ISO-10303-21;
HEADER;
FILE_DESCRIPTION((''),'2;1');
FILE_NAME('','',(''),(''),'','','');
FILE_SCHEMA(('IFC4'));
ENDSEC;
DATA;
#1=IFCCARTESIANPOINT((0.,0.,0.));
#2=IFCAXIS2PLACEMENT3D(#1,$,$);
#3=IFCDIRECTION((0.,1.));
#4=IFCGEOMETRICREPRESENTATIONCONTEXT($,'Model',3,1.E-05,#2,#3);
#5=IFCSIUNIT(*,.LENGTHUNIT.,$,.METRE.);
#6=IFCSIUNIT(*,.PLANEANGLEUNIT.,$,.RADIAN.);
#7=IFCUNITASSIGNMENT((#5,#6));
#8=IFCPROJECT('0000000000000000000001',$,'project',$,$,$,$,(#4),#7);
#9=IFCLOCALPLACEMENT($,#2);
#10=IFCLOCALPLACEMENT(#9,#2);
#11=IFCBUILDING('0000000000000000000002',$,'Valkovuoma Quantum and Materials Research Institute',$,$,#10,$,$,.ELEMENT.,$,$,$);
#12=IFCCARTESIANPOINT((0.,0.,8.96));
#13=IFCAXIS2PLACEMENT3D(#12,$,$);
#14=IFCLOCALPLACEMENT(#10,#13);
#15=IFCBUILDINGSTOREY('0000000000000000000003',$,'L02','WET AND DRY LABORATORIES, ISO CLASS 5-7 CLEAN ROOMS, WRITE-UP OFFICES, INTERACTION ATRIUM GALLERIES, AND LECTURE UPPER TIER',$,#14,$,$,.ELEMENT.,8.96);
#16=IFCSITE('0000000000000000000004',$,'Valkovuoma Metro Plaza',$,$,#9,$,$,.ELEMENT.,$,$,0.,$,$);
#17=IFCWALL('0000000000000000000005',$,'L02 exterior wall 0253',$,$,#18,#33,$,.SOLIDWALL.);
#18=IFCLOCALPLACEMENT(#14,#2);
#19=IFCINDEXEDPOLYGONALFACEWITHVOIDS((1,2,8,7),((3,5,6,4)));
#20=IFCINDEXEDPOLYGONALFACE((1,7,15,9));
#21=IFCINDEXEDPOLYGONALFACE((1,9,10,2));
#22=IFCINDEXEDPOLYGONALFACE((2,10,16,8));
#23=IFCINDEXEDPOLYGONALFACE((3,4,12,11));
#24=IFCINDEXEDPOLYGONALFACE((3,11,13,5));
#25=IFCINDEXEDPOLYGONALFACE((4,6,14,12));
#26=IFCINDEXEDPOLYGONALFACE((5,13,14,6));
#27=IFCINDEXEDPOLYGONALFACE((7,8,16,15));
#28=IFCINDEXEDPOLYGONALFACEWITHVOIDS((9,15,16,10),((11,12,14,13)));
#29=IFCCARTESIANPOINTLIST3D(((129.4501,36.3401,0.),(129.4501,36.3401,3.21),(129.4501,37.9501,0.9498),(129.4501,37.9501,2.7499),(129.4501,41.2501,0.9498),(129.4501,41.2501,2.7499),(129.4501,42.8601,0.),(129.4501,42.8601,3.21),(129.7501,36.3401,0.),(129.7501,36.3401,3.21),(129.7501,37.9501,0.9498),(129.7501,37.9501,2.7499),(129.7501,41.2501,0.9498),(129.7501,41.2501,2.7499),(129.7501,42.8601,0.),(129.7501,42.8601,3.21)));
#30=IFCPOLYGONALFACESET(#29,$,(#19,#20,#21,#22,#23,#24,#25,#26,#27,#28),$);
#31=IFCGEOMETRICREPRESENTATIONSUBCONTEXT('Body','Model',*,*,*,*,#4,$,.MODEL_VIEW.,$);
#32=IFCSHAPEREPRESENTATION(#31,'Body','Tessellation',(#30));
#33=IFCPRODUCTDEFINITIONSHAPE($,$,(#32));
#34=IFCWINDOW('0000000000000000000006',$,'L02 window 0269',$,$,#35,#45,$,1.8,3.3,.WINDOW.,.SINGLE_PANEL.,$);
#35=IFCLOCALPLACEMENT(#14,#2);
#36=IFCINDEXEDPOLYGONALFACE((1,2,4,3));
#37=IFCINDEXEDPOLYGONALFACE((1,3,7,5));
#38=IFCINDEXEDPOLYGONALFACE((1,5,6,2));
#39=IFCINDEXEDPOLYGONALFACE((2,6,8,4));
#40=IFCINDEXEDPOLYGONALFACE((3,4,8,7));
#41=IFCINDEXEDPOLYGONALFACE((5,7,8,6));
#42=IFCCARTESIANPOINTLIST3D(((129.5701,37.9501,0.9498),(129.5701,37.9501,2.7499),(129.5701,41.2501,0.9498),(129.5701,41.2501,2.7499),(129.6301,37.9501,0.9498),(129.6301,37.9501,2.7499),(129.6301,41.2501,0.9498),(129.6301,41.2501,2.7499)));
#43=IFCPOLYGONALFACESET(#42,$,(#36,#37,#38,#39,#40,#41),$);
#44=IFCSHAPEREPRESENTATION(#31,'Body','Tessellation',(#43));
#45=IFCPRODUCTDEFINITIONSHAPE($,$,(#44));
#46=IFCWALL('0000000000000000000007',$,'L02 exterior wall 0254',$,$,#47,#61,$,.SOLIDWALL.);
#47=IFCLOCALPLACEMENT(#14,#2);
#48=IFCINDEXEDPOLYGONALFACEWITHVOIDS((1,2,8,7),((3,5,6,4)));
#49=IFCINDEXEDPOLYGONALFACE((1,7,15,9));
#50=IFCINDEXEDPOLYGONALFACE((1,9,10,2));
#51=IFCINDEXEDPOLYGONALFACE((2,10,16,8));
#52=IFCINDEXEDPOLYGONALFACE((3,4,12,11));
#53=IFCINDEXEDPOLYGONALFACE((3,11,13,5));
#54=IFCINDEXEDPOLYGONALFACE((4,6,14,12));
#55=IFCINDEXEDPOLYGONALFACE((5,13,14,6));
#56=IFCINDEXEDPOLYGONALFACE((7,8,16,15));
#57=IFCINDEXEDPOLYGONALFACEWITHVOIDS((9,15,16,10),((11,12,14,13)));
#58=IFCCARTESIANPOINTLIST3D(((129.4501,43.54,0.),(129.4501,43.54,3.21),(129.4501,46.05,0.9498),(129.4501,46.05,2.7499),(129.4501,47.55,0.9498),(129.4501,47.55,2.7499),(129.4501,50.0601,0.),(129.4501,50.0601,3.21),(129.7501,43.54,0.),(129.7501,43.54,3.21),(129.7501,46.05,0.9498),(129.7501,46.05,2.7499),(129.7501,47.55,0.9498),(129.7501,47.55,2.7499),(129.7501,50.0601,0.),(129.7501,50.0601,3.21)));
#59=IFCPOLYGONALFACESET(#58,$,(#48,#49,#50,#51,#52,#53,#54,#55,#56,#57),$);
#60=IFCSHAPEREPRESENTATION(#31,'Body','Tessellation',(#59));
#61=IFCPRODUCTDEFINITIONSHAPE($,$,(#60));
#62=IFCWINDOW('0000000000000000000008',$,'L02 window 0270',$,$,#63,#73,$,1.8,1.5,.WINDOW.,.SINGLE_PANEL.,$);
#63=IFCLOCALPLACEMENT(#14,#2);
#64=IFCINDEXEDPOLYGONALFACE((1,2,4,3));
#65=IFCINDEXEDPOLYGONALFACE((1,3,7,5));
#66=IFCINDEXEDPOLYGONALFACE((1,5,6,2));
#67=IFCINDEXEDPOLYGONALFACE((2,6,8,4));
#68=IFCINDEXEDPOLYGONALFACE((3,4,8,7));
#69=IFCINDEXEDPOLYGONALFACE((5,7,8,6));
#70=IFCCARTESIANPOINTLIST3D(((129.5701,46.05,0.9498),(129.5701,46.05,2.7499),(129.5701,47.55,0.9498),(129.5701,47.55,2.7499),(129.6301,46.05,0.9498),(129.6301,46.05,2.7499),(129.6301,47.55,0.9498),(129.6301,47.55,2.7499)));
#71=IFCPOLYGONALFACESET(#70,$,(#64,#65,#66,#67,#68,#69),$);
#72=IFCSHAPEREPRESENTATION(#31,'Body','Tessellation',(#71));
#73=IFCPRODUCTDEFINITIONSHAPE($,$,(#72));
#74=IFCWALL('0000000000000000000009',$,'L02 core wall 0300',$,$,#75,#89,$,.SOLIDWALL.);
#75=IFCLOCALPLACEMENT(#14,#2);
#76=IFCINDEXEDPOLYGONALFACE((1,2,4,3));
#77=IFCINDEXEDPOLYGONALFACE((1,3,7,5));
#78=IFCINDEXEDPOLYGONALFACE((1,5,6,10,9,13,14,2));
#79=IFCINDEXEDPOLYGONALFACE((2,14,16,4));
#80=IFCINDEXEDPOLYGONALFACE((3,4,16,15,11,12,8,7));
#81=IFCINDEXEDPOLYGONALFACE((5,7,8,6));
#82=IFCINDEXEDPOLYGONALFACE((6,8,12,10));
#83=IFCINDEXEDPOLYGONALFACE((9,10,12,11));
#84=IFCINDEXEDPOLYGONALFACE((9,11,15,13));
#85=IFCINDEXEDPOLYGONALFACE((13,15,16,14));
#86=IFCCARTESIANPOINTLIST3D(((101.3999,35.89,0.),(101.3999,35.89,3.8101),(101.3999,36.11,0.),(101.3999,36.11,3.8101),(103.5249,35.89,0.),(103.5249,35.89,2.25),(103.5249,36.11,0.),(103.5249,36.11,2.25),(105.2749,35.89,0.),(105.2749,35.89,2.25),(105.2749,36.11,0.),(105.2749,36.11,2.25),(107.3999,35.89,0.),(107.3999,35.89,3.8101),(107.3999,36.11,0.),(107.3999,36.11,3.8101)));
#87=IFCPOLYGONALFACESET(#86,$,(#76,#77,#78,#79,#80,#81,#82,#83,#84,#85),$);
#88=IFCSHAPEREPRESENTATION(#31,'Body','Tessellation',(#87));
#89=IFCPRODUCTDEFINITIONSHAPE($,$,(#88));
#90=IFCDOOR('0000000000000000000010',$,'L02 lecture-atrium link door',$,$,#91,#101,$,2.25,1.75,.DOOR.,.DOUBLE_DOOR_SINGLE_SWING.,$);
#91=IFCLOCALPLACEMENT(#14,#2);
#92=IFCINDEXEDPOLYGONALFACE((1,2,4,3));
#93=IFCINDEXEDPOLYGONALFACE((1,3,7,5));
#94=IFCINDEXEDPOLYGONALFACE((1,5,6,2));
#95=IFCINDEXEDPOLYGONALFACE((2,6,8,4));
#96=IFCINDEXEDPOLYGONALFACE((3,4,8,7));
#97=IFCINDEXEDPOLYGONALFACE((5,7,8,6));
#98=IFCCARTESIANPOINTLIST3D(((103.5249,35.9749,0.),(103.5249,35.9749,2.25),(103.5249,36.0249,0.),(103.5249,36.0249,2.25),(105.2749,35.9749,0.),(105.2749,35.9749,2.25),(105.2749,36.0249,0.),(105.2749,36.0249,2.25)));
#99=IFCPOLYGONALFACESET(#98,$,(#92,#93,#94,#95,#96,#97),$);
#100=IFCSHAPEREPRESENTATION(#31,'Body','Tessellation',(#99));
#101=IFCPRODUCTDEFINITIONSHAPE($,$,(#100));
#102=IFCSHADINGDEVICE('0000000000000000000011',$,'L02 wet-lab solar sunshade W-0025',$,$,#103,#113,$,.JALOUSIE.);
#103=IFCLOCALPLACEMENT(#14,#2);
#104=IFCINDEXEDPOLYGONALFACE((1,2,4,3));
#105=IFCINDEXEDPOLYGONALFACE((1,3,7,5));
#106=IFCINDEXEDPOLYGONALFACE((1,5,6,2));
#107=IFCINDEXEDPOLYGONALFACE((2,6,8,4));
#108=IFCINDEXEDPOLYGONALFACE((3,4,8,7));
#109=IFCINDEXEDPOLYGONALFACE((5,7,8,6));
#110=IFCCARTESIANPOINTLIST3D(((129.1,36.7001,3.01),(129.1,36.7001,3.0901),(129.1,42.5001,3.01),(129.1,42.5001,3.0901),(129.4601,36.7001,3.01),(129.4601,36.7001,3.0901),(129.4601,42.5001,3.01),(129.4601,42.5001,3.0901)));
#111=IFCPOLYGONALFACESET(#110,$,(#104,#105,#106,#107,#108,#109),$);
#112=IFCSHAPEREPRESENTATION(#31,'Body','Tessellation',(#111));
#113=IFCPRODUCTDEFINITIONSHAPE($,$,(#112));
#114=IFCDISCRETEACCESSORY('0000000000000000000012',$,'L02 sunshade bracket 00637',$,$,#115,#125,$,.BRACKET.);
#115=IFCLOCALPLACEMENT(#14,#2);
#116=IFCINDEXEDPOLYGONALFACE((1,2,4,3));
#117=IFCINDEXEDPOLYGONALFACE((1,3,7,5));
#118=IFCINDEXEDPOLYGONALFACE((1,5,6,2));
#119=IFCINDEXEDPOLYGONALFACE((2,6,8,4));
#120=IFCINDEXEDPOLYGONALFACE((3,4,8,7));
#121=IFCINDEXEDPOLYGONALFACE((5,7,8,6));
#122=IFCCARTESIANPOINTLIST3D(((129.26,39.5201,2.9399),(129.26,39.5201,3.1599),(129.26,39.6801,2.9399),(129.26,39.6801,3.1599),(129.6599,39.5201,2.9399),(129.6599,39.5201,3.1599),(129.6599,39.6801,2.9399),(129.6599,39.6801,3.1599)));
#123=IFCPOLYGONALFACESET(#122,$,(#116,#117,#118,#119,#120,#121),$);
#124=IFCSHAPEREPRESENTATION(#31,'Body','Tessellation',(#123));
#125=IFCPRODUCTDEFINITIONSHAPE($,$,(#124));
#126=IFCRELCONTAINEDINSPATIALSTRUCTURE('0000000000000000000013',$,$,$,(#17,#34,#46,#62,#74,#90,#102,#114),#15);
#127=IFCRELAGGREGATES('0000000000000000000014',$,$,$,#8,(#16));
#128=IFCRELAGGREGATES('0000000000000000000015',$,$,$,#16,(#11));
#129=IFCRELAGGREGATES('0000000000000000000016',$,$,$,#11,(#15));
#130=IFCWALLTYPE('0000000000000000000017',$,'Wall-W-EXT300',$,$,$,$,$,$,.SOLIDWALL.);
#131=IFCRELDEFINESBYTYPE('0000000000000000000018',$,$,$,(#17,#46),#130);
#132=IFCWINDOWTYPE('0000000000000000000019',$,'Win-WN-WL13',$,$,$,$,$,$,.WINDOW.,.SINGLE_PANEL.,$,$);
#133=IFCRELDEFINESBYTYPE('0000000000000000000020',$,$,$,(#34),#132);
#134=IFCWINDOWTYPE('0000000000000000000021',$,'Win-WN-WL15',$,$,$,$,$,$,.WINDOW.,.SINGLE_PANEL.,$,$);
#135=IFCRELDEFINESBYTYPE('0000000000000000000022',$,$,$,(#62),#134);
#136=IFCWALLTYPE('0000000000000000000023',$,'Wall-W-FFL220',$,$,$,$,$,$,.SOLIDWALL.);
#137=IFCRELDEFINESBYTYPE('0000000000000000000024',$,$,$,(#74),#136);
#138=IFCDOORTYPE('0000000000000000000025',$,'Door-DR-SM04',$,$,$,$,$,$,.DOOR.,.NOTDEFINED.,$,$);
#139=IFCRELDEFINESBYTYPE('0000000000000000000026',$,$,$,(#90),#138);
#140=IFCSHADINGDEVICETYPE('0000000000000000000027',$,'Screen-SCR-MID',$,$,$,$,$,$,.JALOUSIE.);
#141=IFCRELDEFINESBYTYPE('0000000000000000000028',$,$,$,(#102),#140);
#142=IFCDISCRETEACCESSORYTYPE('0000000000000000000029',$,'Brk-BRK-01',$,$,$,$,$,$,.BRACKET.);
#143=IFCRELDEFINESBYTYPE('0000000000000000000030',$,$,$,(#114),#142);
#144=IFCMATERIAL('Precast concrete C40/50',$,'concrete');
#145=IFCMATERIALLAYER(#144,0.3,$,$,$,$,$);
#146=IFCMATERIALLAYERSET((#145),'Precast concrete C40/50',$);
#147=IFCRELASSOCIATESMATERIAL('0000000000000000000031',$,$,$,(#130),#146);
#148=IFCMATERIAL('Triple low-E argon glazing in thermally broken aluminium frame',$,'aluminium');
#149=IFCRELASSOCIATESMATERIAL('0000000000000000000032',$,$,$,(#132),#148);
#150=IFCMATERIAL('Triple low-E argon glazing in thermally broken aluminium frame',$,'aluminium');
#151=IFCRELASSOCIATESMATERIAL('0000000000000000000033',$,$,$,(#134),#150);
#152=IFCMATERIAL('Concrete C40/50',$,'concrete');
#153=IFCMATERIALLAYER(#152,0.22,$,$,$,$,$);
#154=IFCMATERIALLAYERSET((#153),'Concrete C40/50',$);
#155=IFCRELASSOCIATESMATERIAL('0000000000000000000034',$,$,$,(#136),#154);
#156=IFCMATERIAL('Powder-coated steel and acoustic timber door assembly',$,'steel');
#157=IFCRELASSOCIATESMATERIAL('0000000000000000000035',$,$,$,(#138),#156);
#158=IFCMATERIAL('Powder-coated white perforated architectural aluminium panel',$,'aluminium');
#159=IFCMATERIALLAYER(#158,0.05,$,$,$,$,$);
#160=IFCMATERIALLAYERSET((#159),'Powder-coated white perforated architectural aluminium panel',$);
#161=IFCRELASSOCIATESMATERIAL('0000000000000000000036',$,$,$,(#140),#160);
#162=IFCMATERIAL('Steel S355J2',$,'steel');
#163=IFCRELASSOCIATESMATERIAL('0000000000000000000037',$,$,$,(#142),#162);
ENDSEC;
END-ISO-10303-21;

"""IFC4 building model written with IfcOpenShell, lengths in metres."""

from ifc_helpers import new_model, si_unit, direction, frame, frame_2d, origin, origin_2d, place, context, subcontext, project, spatial, rectangle, extrude, material, layer, layer_set, type_object, element, fill, save


model = new_model("IFC4")

# Units and contexts
model_context = context("Model", 3, precision=1e-05, world=origin(), true_north=direction((0.0, 1.0)))
body_context = subcontext(model_context, "Body", "Model", "MODEL_VIEW")
ifc_project = project(units=[si_unit("LENGTHUNIT", "METRE"), si_unit("PLANEANGLEUNIT", "RADIAN")], contexts=[model_context])

# Site, building, storey
site_placement = place(None, origin())
site = spatial("IfcSite", under=ifc_project, at=site_placement, Name="Valkovuoma Metro Plaza", CompositionType="ELEMENT", RefElevation=0.0)
building_placement = place(site_placement, origin())
building = spatial("IfcBuilding", under=site, at=building_placement, Name="Valkovuoma Quantum and Materials Research Institute", CompositionType="ELEMENT")
storey_placement = place(building_placement, frame((0.0, 0.0, 8.96)))
storey = spatial("IfcBuildingStorey", under=building, at=storey_placement, Name="L02", Description="WET AND DRY LABORATORIES, ISO CLASS 5-7 CLEAN ROOMS, WRITE-UP OFFICES, INTERACTION ATRIUM GALLERIES, AND LECTURE UPPER TIER", CompositionType="ELEMENT", Elevation=8.96)

# Walls, openings, windows
ifc_material_1 = material(Name="Precast concrete C40/50", Category="concrete")
ifc_layer_1 = layer(ifc_material_1, 0.3)
ifc_layer_set_1 = layer_set([ifc_layer_1], Name="Precast concrete C40/50")
wall_type_1 = type_object("IfcWallType", Name="Wall-W-EXT300", PredefinedType="SOLIDWALL", material=ifc_layer_set_1)
wall_1_placement = place(storey_placement, frame((129.6001, 36.3401, 0.0), z_axis=(0.0, 0.0, 1.0), x_axis=(0.0, 1.0, 0.0)))
wall_1 = element("IfcWall", 1, at=wall_1_placement, inside=storey, type_object=wall_type_1, Name="L02 exterior wall 0253", PredefinedType="SOLIDWALL", context=body_context, shape_type="SweptSolid", body=[
    extrude(rectangle(XDim=6.52, YDim=0.3, at=frame_2d((3.26, 0.0))), origin(), (0.0, 0.0, 1.0), 3.21),
])
opening_1_placement = place(wall_1_placement, frame((1.6101, 0.0, 0.95)))
opening_1 = element("IfcOpeningElement", 2, at=opening_1_placement, cuts=wall_1, PredefinedType="OPENING", context=body_context, shape_type="SweptSolid", body=[
    extrude(rectangle(XDim=3.3, YDim=1.8, at=frame_2d((1.6499, 0.8999))), frame((0.0, 0.1602, 0.0), z_axis=(0.0, -1.0, 0.0), x_axis=(1.0, 0.0, 0.0)), (0.0, 0.0, 1.0), 0.3201),
])
ifc_material_2 = material(Name="Triple low-E argon glazing in thermally broken aluminium frame", Category="aluminium")
window_type_1 = type_object("IfcWindowType", Name="Win-WN-WL13", PartitioningType="SINGLE_PANEL", PredefinedType="WINDOW", material=ifc_material_2)
window_1_placement = place(opening_1_placement, origin())
window_1 = element("IfcWindow", 3, at=window_1_placement, inside=storey, type_object=window_type_1, Name="L02 window 0269", OverallHeight=1.8, OverallWidth=3.3, PartitioningType="SINGLE_PANEL", PredefinedType="WINDOW", context=body_context, shape_type="SweptSolid", body=[
    extrude(rectangle(XDim=3.3, YDim=1.8, at=frame_2d((1.6499, 0.8999))), frame((0.0, 0.03, 0.0), z_axis=(0.0, -1.0, 0.0), x_axis=(1.0, 0.0, 0.0)), (0.0, 0.0, 1.0), 0.0601),
])
fill(opening_1, window_1)
wall_2_placement = place(storey_placement, frame((129.6001, 43.54, 0.0), z_axis=(0.0, 0.0, 1.0), x_axis=(0.0, 1.0, 0.0)))
wall_2 = element("IfcWall", 4, at=wall_2_placement, inside=storey, type_object=wall_type_1, Name="L02 exterior wall 0254", PredefinedType="SOLIDWALL", context=body_context, shape_type="SweptSolid", body=[
    extrude(rectangle(XDim=6.52, YDim=0.3, at=frame_2d((3.26, 0.0))), origin(), (0.0, 0.0, 1.0), 3.21),
])
opening_2_placement = place(wall_2_placement, frame((2.51, 0.0, 0.95)))
opening_2 = element("IfcOpeningElement", 5, at=opening_2_placement, cuts=wall_2, PredefinedType="OPENING", context=body_context, shape_type="SweptSolid", body=[
    extrude(rectangle(XDim=1.5, YDim=1.8, at=frame_2d((0.75, 0.8999))), frame((0.0, 0.1602, 0.0), z_axis=(0.0, -1.0, 0.0), x_axis=(1.0, 0.0, 0.0)), (0.0, 0.0, 1.0), 0.3201),
])
ifc_material_3 = material(Name="Triple low-E argon glazing in thermally broken aluminium frame", Category="aluminium")
window_type_2 = type_object("IfcWindowType", Name="Win-WN-WL15", PartitioningType="SINGLE_PANEL", PredefinedType="WINDOW", material=ifc_material_3)
window_2_placement = place(opening_2_placement, origin())
window_2 = element("IfcWindow", 6, at=window_2_placement, inside=storey, type_object=window_type_2, Name="L02 window 0270", OverallHeight=1.8, OverallWidth=1.5, PartitioningType="SINGLE_PANEL", PredefinedType="WINDOW", context=body_context, shape_type="SweptSolid", body=[
    extrude(rectangle(XDim=1.5, YDim=1.8, at=frame_2d((0.75, 0.8999))), frame((0.0, 0.03, 0.0), z_axis=(0.0, -1.0, 0.0), x_axis=(1.0, 0.0, 0.0)), (0.0, 0.0, 1.0), 0.0601),
])
fill(opening_2, window_2)

# Wall, opening, door
ifc_material_4 = material(Name="Concrete C40/50", Category="concrete")
ifc_layer_2 = layer(ifc_material_4, 0.22)
ifc_layer_set_2 = layer_set([ifc_layer_2], Name="Concrete C40/50")
wall_type_2 = type_object("IfcWallType", Name="Wall-W-FFL220", PredefinedType="SOLIDWALL", material=ifc_layer_set_2)
wall_3_placement = place(storey_placement, frame((101.3999, 36.0, 0.0), z_axis=(0.0, 0.0, 1.0), x_axis=(1.0, 0.0, 0.0)))
wall_3 = element("IfcWall", 7, at=wall_3_placement, inside=storey, type_object=wall_type_2, Name="L02 core wall 0300", PredefinedType="SOLIDWALL", context=body_context, shape_type="SweptSolid", body=[
    extrude(rectangle(XDim=6.0, YDim=0.22, at=frame_2d((3.0, 0.0))), origin(), (0.0, 0.0, 1.0), 3.8101),
])
opening_3_placement = place(wall_3_placement, frame((2.125, 0.0, 0.0)))
opening_3 = element("IfcOpeningElement", 8, at=opening_3_placement, cuts=wall_3, PredefinedType="OPENING", context=body_context, shape_type="SweptSolid", body=[
    extrude(rectangle(XDim=1.75, YDim=2.25, at=frame_2d((0.875, 1.125))), frame((0.0, 0.1201, 0.0), z_axis=(0.0, -1.0, 0.0), x_axis=(1.0, 0.0, 0.0)), (0.0, 0.0, 1.0), 0.24),
])
ifc_material_5 = material(Name="Powder-coated steel and acoustic timber door assembly", Category="steel")
door_type = type_object("IfcDoorType", Name="Door-DR-SM04", OperationType="NOTDEFINED", PredefinedType="DOOR", material=ifc_material_5)
door_placement = place(opening_3_placement, origin())
door = element("IfcDoor", 9, at=door_placement, inside=storey, type_object=door_type, Name="L02 lecture-atrium link door", OperationType="DOUBLE_DOOR_SINGLE_SWING", OverallHeight=2.25, OverallWidth=1.75, PredefinedType="DOOR", context=body_context, shape_type="SweptSolid", body=[
    extrude(rectangle(XDim=1.75, YDim=2.25, at=frame_2d((0.875, 1.125))), frame((0.0, 0.0249, 0.0), z_axis=(0.0, -1.0, 0.0), x_axis=(1.0, 0.0, 0.0)), (0.0, 0.0, 1.0), 0.05),
])
fill(opening_3, door)

# Shading device
ifc_material_6 = material(Name="Powder-coated white perforated architectural aluminium panel", Category="aluminium")
ifc_layer_3 = layer(ifc_material_6, 0.05)
ifc_layer_set_3 = layer_set([ifc_layer_3], Name="Powder-coated white perforated architectural aluminium panel")
shading_device_type = type_object("IfcShadingDeviceType", Name="Screen-SCR-MID", PredefinedType="JALOUSIE", material=ifc_layer_set_3)
shading_device_placement = place(storey_placement, frame((129.28, 39.6001, 3.01), z_axis=(0.0, 0.0, 1.0), x_axis=(1.0, 0.0, 0.0)))
element("IfcShadingDevice", 10, at=shading_device_placement, inside=storey, type_object=shading_device_type, Name="L02 wet-lab solar sunshade W-0025", PredefinedType="JALOUSIE", context=body_context, shape_type="SweptSolid", body=[
    extrude(rectangle(XDim=0.3601, YDim=5.8, at=origin_2d()), origin(), (0.0, 0.0, 1.0), 0.0801),
])

# Discrete accessory
ifc_material_7 = material(Name="Steel S355J2", Category="steel")
discrete_accessory_type = type_object("IfcDiscreteAccessoryType", Name="Brk-BRK-01", PredefinedType="BRACKET", material=ifc_material_7)
discrete_accessory_placement = place(storey_placement, frame((129.46, 39.6001, 2.9399), z_axis=(0.0, 0.0, 1.0), x_axis=(1.0, 0.0, 0.0)))
element("IfcDiscreteAccessory", 11, at=discrete_accessory_placement, inside=storey, type_object=discrete_accessory_type, Name="L02 sunshade bracket 00637", PredefinedType="BRACKET", context=body_context, shape_type="SweptSolid", body=[
    extrude(rectangle(XDim=0.3999, YDim=0.1599, at=origin_2d()), origin(), (0.0, 0.0, 1.0), 0.22),
])

save(model, "model.ifc")
